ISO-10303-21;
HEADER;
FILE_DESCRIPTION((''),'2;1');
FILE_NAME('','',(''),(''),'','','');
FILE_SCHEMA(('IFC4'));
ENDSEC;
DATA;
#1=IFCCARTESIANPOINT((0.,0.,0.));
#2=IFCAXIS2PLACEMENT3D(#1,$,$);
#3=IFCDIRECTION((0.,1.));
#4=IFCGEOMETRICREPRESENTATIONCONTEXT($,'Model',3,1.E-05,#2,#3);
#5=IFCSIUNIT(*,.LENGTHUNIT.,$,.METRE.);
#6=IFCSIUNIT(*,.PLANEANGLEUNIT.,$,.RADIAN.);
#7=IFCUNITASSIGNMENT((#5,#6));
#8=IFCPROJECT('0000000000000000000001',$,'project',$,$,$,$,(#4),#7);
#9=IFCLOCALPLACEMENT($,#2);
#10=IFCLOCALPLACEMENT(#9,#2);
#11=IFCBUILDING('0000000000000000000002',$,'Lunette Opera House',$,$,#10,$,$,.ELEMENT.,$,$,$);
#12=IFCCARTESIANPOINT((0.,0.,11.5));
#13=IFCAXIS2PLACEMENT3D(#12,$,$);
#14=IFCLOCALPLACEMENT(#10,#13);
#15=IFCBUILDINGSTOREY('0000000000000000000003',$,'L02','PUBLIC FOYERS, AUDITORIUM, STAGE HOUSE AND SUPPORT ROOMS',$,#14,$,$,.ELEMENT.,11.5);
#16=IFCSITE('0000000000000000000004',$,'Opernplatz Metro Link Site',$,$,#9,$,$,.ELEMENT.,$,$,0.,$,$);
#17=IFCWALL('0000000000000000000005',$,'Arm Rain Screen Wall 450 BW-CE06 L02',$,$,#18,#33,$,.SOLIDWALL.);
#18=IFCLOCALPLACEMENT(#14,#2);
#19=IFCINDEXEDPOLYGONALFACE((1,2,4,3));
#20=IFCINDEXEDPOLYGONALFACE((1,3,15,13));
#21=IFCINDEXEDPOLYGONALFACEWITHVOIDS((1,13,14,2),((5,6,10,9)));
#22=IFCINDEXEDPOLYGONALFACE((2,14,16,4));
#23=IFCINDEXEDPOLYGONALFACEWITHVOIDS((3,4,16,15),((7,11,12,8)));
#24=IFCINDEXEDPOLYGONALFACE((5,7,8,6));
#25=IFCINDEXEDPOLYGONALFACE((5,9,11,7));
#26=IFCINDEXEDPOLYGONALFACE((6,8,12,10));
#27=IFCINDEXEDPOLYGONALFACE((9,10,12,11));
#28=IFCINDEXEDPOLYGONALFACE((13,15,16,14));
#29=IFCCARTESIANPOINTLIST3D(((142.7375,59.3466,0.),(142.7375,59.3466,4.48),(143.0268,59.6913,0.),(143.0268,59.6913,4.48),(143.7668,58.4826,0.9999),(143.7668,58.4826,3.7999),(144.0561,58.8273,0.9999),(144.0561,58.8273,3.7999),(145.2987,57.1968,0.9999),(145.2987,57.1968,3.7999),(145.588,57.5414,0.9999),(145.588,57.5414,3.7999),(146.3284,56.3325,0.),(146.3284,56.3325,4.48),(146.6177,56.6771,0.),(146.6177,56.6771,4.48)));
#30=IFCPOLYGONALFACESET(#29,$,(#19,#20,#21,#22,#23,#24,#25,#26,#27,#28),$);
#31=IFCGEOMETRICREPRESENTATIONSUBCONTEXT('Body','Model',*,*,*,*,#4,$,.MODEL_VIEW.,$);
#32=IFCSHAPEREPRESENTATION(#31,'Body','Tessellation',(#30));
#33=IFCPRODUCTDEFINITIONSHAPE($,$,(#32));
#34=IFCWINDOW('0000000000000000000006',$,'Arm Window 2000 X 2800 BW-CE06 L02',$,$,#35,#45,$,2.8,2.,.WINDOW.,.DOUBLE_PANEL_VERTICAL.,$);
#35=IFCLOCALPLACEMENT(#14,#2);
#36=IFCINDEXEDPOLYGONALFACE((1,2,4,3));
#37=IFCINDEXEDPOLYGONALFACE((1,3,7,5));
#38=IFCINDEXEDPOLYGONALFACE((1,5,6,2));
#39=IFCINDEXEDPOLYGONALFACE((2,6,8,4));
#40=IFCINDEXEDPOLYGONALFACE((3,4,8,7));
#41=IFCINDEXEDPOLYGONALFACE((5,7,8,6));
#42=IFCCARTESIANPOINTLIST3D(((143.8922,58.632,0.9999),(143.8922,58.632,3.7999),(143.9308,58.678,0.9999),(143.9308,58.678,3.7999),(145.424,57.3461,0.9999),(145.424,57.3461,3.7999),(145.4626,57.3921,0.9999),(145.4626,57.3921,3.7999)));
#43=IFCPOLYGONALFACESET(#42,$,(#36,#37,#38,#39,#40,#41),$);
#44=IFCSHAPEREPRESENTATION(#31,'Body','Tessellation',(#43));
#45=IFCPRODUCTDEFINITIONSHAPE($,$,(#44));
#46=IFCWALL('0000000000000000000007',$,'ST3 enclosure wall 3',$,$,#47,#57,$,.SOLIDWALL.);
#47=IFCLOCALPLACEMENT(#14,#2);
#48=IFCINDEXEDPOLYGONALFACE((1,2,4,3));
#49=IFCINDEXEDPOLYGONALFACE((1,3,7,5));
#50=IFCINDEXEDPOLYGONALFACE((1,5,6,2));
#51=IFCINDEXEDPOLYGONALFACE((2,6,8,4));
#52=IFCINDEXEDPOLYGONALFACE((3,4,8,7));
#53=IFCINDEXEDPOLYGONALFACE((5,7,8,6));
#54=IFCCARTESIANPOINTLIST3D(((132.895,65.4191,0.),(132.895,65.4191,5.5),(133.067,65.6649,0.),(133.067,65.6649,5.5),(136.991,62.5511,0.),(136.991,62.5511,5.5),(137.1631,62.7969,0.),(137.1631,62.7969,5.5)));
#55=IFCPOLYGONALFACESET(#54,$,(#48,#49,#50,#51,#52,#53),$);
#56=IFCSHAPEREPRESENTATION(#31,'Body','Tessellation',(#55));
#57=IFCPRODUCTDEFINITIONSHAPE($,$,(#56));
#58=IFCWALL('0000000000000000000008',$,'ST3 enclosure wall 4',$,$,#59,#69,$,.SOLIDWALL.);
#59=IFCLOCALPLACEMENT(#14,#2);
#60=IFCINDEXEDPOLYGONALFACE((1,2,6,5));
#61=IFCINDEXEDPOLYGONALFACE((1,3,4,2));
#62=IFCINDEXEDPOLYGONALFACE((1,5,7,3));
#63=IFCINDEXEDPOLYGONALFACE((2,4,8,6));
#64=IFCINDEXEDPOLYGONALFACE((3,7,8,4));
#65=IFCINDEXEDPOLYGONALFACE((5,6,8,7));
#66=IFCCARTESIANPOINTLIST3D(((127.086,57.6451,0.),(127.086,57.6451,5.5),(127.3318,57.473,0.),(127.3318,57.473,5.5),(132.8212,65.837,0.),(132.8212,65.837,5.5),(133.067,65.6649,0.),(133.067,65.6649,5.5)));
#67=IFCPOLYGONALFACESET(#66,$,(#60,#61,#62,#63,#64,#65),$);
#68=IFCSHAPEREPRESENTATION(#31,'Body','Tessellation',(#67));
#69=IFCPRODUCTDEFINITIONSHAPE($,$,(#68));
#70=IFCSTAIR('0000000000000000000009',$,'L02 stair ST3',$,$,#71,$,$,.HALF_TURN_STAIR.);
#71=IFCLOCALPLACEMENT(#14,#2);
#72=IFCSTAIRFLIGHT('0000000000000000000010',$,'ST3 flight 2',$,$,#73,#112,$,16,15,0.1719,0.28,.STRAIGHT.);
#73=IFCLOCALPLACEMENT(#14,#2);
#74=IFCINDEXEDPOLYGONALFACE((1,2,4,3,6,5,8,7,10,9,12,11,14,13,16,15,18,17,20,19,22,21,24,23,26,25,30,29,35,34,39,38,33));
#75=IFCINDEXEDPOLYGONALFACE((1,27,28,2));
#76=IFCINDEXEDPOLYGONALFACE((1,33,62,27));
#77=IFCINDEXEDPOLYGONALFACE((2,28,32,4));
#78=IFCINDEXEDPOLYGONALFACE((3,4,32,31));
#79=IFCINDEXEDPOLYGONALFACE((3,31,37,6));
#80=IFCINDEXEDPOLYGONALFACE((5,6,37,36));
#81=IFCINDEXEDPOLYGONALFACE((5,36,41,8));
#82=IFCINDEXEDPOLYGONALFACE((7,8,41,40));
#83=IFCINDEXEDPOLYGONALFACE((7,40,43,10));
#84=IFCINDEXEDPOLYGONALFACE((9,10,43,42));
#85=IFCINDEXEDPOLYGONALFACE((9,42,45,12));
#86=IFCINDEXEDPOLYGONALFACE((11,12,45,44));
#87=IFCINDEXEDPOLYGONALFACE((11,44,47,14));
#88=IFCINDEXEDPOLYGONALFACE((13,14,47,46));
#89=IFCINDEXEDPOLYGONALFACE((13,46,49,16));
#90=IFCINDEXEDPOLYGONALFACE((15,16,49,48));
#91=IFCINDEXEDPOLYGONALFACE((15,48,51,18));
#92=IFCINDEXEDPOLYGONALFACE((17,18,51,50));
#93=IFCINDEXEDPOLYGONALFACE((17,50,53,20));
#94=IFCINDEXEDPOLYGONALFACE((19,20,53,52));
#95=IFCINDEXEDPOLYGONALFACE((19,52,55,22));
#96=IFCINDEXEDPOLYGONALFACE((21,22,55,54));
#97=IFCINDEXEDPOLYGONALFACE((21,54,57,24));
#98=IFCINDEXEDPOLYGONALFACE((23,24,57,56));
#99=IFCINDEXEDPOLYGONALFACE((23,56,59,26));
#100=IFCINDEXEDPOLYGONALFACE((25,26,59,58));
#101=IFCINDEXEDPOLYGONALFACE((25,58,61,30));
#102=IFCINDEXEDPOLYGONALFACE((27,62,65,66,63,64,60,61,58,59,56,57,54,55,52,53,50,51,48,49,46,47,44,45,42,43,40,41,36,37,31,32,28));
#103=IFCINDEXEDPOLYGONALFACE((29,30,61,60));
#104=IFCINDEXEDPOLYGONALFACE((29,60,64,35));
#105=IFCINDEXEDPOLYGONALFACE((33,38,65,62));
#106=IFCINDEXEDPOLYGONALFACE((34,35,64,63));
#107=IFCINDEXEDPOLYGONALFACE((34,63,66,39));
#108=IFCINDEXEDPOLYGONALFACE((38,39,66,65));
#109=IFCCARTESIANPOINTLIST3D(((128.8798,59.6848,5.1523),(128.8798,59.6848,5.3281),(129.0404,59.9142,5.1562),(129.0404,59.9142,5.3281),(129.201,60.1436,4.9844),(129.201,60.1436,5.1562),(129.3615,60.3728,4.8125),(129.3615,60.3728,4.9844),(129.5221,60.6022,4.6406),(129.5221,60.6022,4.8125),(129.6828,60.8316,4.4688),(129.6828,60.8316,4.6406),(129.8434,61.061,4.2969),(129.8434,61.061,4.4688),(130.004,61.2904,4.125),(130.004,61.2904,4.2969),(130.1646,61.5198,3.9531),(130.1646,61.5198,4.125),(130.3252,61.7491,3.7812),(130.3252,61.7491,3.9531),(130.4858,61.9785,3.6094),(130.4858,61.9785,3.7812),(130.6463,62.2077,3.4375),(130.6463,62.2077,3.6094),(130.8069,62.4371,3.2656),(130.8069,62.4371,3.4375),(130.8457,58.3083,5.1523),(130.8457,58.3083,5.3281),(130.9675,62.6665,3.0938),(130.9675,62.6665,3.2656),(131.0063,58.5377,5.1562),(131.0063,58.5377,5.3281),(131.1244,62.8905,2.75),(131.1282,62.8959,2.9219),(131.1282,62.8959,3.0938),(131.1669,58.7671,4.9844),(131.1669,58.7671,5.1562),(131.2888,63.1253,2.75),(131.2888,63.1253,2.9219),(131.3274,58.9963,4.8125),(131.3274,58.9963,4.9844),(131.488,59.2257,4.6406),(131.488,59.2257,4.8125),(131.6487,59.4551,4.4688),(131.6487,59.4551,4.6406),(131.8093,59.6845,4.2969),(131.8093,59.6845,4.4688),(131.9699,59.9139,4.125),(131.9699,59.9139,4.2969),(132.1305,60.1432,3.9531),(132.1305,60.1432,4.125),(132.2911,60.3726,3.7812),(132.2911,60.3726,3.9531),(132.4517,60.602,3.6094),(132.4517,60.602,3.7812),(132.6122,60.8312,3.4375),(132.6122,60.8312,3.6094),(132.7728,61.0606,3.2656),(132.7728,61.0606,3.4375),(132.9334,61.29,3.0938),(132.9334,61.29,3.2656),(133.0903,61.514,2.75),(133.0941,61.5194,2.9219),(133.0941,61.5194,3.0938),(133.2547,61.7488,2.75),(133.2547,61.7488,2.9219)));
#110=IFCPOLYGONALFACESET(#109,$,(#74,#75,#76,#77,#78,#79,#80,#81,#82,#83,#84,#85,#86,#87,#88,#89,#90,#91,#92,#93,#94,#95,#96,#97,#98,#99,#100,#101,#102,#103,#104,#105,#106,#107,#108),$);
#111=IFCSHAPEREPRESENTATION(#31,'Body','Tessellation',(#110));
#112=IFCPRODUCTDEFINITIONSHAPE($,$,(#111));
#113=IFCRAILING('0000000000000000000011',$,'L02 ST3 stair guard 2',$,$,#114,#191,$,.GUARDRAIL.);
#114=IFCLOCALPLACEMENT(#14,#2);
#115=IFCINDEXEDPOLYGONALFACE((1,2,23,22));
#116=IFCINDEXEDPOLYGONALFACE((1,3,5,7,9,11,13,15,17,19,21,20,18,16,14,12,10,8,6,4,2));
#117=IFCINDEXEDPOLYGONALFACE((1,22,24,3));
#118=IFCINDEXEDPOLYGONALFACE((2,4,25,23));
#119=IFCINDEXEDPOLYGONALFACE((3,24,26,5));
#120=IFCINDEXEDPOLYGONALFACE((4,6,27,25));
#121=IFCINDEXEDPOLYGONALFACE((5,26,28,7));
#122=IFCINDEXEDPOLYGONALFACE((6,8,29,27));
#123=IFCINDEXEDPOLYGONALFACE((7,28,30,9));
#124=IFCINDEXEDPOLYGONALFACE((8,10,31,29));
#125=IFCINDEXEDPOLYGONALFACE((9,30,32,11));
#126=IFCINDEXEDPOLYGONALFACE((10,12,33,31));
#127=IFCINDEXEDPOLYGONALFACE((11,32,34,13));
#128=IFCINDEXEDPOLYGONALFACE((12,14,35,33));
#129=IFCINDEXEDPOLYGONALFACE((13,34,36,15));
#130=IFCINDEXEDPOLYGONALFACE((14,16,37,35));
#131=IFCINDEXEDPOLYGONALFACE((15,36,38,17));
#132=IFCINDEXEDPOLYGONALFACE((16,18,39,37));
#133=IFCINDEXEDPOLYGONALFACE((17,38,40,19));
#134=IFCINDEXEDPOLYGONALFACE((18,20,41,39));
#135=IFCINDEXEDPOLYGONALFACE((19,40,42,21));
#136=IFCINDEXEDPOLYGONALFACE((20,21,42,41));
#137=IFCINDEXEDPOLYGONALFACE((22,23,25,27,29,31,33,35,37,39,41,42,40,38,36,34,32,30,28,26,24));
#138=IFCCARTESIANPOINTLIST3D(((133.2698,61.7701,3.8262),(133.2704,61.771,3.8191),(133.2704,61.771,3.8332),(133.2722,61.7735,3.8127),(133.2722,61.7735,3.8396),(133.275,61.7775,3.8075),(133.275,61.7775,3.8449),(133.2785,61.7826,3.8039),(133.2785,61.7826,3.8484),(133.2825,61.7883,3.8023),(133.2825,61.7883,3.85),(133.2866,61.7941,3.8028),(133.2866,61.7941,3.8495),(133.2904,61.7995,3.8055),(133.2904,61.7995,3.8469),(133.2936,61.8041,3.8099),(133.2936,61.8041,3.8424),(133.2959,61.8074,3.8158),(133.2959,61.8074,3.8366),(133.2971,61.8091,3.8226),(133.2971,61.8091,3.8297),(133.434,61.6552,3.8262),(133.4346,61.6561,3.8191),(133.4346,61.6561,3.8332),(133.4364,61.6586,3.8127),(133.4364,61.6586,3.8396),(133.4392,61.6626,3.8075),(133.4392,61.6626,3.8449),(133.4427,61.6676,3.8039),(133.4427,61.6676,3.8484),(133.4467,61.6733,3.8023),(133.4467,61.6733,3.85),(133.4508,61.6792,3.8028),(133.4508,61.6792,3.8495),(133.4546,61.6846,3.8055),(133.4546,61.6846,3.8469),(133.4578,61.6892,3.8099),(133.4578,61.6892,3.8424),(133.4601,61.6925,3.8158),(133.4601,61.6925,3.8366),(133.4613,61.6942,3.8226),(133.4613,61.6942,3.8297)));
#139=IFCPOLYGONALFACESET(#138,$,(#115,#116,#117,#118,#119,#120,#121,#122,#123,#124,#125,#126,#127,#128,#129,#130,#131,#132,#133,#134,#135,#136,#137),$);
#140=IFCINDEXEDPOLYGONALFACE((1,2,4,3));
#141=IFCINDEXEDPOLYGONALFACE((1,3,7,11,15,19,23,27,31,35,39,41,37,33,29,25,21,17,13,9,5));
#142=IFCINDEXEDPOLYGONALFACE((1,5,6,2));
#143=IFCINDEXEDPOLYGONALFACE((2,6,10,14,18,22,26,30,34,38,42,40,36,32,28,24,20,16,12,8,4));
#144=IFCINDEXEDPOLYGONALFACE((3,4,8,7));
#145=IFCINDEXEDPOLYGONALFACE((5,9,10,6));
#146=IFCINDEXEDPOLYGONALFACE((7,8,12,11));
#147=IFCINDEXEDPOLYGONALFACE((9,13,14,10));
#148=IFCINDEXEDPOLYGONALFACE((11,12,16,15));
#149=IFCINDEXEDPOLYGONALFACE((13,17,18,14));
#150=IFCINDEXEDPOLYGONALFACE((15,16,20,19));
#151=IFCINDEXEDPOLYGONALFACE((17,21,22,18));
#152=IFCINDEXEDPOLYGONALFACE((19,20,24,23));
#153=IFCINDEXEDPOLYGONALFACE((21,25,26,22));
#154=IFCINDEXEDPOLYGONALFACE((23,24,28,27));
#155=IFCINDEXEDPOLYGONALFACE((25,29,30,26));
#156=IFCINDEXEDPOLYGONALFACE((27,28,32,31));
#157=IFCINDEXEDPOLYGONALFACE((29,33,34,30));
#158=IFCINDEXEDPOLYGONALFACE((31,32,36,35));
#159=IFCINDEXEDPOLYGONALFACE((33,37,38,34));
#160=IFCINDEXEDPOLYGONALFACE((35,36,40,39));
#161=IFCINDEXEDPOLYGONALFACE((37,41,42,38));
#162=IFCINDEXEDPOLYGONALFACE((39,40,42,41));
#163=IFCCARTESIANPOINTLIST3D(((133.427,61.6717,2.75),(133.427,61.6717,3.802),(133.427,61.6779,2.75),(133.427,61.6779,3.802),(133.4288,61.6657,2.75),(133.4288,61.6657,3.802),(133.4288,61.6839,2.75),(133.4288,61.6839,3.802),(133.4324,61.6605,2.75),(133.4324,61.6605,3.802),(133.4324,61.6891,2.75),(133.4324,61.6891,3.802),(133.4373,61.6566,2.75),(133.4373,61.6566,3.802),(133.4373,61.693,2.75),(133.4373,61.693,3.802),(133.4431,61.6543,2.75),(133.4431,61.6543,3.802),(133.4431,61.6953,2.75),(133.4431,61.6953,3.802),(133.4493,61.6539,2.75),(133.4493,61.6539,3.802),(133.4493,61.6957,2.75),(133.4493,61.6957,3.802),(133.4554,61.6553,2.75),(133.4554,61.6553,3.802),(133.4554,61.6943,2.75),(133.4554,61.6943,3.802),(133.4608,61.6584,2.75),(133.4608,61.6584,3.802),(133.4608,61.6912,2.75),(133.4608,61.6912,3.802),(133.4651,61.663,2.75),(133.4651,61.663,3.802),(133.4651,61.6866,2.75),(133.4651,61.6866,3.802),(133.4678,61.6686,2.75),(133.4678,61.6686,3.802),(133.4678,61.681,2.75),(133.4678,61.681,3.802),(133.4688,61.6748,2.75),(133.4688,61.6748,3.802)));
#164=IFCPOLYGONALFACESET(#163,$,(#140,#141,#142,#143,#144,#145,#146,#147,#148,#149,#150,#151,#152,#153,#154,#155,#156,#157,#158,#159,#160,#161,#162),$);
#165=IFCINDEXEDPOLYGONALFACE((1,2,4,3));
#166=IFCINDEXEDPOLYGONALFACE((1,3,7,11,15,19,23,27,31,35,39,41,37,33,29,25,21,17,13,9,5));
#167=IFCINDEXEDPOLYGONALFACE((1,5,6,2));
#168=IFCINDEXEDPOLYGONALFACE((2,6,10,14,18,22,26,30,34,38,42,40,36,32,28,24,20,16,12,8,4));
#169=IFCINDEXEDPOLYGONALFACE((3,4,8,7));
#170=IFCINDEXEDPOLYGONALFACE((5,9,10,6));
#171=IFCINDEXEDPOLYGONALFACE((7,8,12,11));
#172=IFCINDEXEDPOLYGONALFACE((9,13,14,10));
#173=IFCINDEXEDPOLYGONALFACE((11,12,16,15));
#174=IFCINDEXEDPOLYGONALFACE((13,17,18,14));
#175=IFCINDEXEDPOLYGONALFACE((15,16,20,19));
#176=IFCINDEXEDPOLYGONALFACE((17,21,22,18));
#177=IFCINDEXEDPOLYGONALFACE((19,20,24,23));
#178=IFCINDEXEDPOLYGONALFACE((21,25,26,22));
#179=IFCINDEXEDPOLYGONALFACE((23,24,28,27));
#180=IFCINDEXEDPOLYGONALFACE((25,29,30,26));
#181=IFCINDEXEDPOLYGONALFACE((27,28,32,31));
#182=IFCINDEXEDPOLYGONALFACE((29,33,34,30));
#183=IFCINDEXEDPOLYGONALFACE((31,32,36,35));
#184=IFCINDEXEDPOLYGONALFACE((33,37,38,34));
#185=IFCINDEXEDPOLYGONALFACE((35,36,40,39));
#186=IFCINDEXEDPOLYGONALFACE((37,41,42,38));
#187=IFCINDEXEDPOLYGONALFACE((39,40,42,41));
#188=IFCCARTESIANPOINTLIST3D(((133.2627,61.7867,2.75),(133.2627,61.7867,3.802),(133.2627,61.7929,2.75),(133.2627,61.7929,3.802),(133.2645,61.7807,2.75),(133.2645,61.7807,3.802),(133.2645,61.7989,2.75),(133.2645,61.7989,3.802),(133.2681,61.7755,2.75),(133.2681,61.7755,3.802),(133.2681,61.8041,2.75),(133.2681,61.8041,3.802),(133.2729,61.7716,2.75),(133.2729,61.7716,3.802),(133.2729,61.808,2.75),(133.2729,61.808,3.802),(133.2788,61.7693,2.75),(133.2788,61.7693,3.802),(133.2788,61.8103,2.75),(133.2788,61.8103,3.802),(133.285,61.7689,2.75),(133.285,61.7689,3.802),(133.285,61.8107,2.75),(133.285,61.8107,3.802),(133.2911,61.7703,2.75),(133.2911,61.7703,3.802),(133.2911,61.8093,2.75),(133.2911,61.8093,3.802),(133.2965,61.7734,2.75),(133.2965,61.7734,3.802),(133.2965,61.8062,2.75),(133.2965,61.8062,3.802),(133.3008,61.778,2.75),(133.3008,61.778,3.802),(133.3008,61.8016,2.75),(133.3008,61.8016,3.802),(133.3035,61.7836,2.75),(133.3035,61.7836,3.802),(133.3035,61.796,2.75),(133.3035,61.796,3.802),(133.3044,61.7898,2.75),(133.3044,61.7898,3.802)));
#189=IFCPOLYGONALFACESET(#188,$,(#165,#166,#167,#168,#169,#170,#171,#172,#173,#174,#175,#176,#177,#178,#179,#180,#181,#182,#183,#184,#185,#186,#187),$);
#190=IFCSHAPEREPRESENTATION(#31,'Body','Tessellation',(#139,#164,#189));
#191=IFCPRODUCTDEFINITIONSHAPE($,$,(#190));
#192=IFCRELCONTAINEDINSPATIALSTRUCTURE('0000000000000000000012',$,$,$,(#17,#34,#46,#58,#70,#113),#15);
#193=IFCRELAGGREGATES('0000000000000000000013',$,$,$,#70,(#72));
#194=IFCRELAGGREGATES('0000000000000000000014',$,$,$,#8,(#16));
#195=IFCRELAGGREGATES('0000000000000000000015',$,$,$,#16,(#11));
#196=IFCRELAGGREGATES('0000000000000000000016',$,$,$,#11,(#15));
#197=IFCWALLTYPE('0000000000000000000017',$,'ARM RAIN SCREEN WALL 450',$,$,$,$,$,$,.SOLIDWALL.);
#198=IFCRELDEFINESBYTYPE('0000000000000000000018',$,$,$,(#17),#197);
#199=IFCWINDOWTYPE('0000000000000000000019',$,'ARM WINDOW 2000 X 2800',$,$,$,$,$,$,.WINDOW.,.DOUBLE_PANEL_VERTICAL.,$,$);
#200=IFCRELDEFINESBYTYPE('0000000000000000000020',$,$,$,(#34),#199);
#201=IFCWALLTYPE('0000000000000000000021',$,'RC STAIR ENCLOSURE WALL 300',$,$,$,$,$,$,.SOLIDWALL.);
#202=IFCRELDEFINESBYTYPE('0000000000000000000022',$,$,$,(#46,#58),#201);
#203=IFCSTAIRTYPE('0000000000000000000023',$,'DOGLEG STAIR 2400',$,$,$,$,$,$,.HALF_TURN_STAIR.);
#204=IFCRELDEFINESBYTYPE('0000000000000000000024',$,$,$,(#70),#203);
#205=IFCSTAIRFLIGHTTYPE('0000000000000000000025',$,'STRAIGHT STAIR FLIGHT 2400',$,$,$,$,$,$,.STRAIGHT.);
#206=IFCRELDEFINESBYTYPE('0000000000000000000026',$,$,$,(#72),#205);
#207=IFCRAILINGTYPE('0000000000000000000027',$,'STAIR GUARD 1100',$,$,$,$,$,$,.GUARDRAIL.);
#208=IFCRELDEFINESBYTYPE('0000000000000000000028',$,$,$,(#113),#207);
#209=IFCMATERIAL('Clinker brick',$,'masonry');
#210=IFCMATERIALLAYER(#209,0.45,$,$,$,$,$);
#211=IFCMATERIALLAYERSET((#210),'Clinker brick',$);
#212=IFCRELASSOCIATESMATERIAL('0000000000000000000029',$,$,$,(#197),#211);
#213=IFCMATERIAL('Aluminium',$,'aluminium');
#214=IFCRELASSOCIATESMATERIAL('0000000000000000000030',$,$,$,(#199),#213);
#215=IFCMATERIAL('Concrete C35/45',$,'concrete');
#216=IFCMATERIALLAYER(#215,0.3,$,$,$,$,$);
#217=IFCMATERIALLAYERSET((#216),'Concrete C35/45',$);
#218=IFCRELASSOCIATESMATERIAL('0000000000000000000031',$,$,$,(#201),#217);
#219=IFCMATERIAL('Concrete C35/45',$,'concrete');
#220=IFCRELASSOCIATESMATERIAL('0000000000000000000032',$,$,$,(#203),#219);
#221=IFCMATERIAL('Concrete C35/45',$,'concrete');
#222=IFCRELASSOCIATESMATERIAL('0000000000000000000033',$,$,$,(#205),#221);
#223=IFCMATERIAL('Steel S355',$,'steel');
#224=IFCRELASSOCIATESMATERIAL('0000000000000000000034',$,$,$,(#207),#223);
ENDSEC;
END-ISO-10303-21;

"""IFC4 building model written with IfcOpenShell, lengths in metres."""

from ifc_helpers import new_model, si_unit, direction, frame, frame_2d, origin, origin_2d, place, context, subcontext, project, spatial, polyline, rectangle, circle, outline, extrude, material, layer, layer_set, type_object, element, fill, aggregate, save


model = new_model("IFC4")

# Units and contexts
model_context = context("Model", 3, precision=1e-05, world=origin(), true_north=direction((0.0, 1.0)))
body_context = subcontext(model_context, "Body", "Model", "MODEL_VIEW")
ifc_project = project(units=[si_unit("LENGTHUNIT", "METRE"), si_unit("PLANEANGLEUNIT", "RADIAN")], contexts=[model_context])

# Site, building, storey
site_placement = place(None, origin())
site = spatial("IfcSite", under=ifc_project, at=site_placement, Name="Opernplatz Metro Link Site", CompositionType="ELEMENT", RefElevation=0.0)
building_placement = place(site_placement, origin())
building = spatial("IfcBuilding", under=site, at=building_placement, Name="Lunette Opera House", CompositionType="ELEMENT")
storey_placement = place(building_placement, frame((0.0, 0.0, 11.5)))
storey = spatial("IfcBuildingStorey", under=building, at=storey_placement, Name="L02", Description="PUBLIC FOYERS, AUDITORIUM, STAGE HOUSE AND SUPPORT ROOMS", CompositionType="ELEMENT", Elevation=11.5)

# Wall, opening, window
ifc_material_1 = material(Name="Clinker brick", Category="masonry")
ifc_layer_1 = layer(ifc_material_1, 0.45)
ifc_layer_set_1 = layer_set([ifc_layer_1], Name="Clinker brick")
wall_type_1 = type_object("IfcWallType", Name="ARM RAIN SCREEN WALL 450", PredefinedType="SOLIDWALL", material=ifc_layer_set_1)
ifc_material_2 = material(Name="Aluminium", Category="aluminium")
window_type = type_object("IfcWindowType", Name="ARM WINDOW 2000 X 2800", PartitioningType="DOUBLE_PANEL_VERTICAL", PredefinedType="WINDOW", material=ifc_material_2)
wall_1_placement = place(storey_placement, frame((142.8821, 59.519, 0.0), z_axis=(0.0, 0.0, 1.0), x_axis=(0.765928, -0.642926, 0.0)))
wall_1 = element("IfcWall", 1, at=wall_1_placement, inside=storey, type_object=wall_type_1, Name="Arm Rain Screen Wall 450 BW-CE06 L02", PredefinedType="SOLIDWALL", context=body_context, shape_type="SweptSolid", body=[
    extrude(rectangle(XDim=4.6882, YDim=0.45, at=frame_2d((2.3442, 0.0))), origin(), (0.0, 0.0, 1.0), 4.48),
])
opening_1_placement = place(wall_1_placement, frame((1.344, 0.0, 1.0)))
opening_1 = element("IfcOpeningElement", 2, at=opening_1_placement, cuts=wall_1, PredefinedType="OPENING", context=body_context, shape_type="SweptSolid", body=[
    extrude(rectangle(XDim=2.0, YDim=2.8, at=frame_2d((1.0, 1.3999))), frame((0.0, 0.2371, 0.0), z_axis=(0.0, -1.0, 0.0), x_axis=(1.0, 0.0, 0.0)), (0.0, 0.0, 1.0), 0.4739),
])
window_1_placement = place(opening_1_placement, origin())
window_1 = element("IfcWindow", 3, at=window_1_placement, inside=storey, type_object=window_type, Name="Arm Window 2000 X 2800 BW-CE06 L02", OverallHeight=2.8, OverallWidth=2.0, PartitioningType="DOUBLE_PANEL_VERTICAL", PredefinedType="WINDOW", context=body_context, shape_type="SweptSolid", body=[
    extrude(rectangle(XDim=2.0, YDim=2.8, at=frame_2d((1.0, 1.3999))), frame((0.0, 0.03, 0.0), z_axis=(0.0, -1.0, 0.0), x_axis=(1.0, 0.0, 0.0)), (0.0, 0.0, 1.0), 0.0601),
])
fill(opening_1, window_1)

# Walls
ifc_material_3 = material(Name="Concrete C35/45", Category="concrete")
ifc_layer_2 = layer(ifc_material_3, 0.3)
ifc_layer_set_2 = layer_set([ifc_layer_2], Name="Concrete C35/45")
wall_type_2 = type_object("IfcWallType", Name="RC STAIR ENCLOSURE WALL 300", PredefinedType="SOLIDWALL", material=ifc_layer_set_2)
wall_2_placement = place(storey_placement, frame((137.0769, 62.6741, 0.0), z_axis=(0.0, 0.0, 1.0), x_axis=(-0.819161, 0.573564, 0.0)))
element("IfcWall", 4, at=wall_2_placement, inside=storey, type_object=wall_type_2, Name="ST3 enclosure wall 3", PredefinedType="SOLIDWALL", context=body_context, shape_type="SweptSolid", body=[
    extrude(rectangle(XDim=5.0002, YDim=0.3, at=frame_2d((2.5, 0.0))), origin(), (0.0, 0.0, 1.0), 5.5),
])
wall_3_placement = place(storey_placement, frame((132.9441, 65.751, 0.0), z_axis=(0.0, 0.0, 1.0), x_axis=(-0.573515, -0.819195, 0.0)))
element("IfcWall", 5, at=wall_3_placement, inside=storey, type_object=wall_type_2, Name="ST3 enclosure wall 4", PredefinedType="SOLIDWALL", context=body_context, shape_type="SweptSolid", body=[
    extrude(rectangle(XDim=10.0, YDim=0.3, at=frame_2d((5.0, 0.0))), origin(), (0.0, 0.0, 1.0), 5.5),
])

# Stair, stair flight
ifc_material_4 = material(Name="Concrete C35/45", Category="concrete")
stair_type = type_object("IfcStairType", Name="DOGLEG STAIR 2400", PredefinedType="HALF_TURN_STAIR", material=ifc_material_4)
stair_placement = place(storey_placement, origin())
stair = element("IfcStair", 6, at=stair_placement, inside=storey, type_object=stair_type, Name="L02 stair ST3", PredefinedType="HALF_TURN_STAIR")
ifc_material_5 = material(Name="Concrete C35/45", Category="concrete")
stair_flight_type = type_object("IfcStairFlightType", Name="STRAIGHT STAIR FLIGHT 2400", PredefinedType="STRAIGHT", material=ifc_material_5)
stair_flight_placement = place(storey_placement, frame((132.2717, 62.437, 2.75), z_axis=(0.0, 0.0, 1.0), x_axis=(-0.57357, -0.819157, 0.0)))
stair_flight = element("IfcStairFlight", 7, at=stair_flight_placement, type_object=stair_flight_type, Name="ST3 flight 2", NumberOfRisers=16, NumberOfTreads=15, PredefinedType="STRAIGHT", RiserHeight=0.1719, TreadLength=0.28, context=body_context, shape_type="SweptSolid", body=[
    extrude(outline(polyline([(0.0, 0.0), (0.0, 0.1719), (0.28, 0.1719), (0.28, 0.3438), (0.5601, 0.3438), (0.5601, 0.5156), (0.8401, 0.5156), (0.8401, 0.6875), (1.1201, 0.6875), (1.1201, 0.8594), (1.3999, 0.8594), (1.3999, 1.0312), (1.6799, 1.0312), (1.6799, 1.2031), (1.96, 1.2031), (1.96, 1.375), (2.24, 1.375), (2.24, 1.5469), (2.52, 1.5469), (2.52, 1.7188), (2.8, 1.7188), (2.8, 1.8906), (3.0801, 1.8906), (3.0801, 2.0625), (3.3601, 2.0625), (3.3601, 2.2344), (3.6399, 2.2344), (3.6399, 2.4062), (3.9199, 2.4062), (3.9199, 2.5781), (4.2, 2.5781), (4.2, 2.75), (4.2, 2.4023), (0.2866, 0.0), (0.0, 0.0)])), frame((0.0, 1.2, 0.0), z_axis=(0.0, -1.0, 0.0), x_axis=(1.0, 0.0, 0.0)), (0.0, 0.0, 1.0), 2.3999),
])
aggregate(stair, [stair_flight])

# Railing
ifc_material_6 = material(Name="Steel S355", Category="steel")
railing_type_1 = type_object("IfcRailingType", Name="STAIR GUARD 1100", PredefinedType="GUARDRAIL", material=ifc_material_6)
railing_1_placement = place(storey_placement, frame((133.4478, 61.6748, 2.75)))
element("IfcRailing", 8, at=railing_1_placement, inside=storey, type_object=railing_type_1, Name="L02 ST3 stair guard 2", PredefinedType="GUARDRAIL", context=body_context, shape_type="SweptSolid", body=[
    extrude(circle(Radius=0.0239, at=origin_2d()), frame((0.0, 0.0, 1.0762), z_axis=(-0.819289, 0.573381, 0.0), x_axis=(-0.573381, -0.819289, 0.0)), (0.0, 0.0, 1.0), 0.2004),
    extrude(circle(Radius=0.021, at=origin_2d()), origin(), (0.0, 0.0, 1.0), 1.052),
    extrude(circle(Radius=0.021, at=origin_2d()), frame((-0.1643, 0.115, 0.0)), (0.0, 0.0, 1.0), 1.052),
])

save(model, "model.ifc")
